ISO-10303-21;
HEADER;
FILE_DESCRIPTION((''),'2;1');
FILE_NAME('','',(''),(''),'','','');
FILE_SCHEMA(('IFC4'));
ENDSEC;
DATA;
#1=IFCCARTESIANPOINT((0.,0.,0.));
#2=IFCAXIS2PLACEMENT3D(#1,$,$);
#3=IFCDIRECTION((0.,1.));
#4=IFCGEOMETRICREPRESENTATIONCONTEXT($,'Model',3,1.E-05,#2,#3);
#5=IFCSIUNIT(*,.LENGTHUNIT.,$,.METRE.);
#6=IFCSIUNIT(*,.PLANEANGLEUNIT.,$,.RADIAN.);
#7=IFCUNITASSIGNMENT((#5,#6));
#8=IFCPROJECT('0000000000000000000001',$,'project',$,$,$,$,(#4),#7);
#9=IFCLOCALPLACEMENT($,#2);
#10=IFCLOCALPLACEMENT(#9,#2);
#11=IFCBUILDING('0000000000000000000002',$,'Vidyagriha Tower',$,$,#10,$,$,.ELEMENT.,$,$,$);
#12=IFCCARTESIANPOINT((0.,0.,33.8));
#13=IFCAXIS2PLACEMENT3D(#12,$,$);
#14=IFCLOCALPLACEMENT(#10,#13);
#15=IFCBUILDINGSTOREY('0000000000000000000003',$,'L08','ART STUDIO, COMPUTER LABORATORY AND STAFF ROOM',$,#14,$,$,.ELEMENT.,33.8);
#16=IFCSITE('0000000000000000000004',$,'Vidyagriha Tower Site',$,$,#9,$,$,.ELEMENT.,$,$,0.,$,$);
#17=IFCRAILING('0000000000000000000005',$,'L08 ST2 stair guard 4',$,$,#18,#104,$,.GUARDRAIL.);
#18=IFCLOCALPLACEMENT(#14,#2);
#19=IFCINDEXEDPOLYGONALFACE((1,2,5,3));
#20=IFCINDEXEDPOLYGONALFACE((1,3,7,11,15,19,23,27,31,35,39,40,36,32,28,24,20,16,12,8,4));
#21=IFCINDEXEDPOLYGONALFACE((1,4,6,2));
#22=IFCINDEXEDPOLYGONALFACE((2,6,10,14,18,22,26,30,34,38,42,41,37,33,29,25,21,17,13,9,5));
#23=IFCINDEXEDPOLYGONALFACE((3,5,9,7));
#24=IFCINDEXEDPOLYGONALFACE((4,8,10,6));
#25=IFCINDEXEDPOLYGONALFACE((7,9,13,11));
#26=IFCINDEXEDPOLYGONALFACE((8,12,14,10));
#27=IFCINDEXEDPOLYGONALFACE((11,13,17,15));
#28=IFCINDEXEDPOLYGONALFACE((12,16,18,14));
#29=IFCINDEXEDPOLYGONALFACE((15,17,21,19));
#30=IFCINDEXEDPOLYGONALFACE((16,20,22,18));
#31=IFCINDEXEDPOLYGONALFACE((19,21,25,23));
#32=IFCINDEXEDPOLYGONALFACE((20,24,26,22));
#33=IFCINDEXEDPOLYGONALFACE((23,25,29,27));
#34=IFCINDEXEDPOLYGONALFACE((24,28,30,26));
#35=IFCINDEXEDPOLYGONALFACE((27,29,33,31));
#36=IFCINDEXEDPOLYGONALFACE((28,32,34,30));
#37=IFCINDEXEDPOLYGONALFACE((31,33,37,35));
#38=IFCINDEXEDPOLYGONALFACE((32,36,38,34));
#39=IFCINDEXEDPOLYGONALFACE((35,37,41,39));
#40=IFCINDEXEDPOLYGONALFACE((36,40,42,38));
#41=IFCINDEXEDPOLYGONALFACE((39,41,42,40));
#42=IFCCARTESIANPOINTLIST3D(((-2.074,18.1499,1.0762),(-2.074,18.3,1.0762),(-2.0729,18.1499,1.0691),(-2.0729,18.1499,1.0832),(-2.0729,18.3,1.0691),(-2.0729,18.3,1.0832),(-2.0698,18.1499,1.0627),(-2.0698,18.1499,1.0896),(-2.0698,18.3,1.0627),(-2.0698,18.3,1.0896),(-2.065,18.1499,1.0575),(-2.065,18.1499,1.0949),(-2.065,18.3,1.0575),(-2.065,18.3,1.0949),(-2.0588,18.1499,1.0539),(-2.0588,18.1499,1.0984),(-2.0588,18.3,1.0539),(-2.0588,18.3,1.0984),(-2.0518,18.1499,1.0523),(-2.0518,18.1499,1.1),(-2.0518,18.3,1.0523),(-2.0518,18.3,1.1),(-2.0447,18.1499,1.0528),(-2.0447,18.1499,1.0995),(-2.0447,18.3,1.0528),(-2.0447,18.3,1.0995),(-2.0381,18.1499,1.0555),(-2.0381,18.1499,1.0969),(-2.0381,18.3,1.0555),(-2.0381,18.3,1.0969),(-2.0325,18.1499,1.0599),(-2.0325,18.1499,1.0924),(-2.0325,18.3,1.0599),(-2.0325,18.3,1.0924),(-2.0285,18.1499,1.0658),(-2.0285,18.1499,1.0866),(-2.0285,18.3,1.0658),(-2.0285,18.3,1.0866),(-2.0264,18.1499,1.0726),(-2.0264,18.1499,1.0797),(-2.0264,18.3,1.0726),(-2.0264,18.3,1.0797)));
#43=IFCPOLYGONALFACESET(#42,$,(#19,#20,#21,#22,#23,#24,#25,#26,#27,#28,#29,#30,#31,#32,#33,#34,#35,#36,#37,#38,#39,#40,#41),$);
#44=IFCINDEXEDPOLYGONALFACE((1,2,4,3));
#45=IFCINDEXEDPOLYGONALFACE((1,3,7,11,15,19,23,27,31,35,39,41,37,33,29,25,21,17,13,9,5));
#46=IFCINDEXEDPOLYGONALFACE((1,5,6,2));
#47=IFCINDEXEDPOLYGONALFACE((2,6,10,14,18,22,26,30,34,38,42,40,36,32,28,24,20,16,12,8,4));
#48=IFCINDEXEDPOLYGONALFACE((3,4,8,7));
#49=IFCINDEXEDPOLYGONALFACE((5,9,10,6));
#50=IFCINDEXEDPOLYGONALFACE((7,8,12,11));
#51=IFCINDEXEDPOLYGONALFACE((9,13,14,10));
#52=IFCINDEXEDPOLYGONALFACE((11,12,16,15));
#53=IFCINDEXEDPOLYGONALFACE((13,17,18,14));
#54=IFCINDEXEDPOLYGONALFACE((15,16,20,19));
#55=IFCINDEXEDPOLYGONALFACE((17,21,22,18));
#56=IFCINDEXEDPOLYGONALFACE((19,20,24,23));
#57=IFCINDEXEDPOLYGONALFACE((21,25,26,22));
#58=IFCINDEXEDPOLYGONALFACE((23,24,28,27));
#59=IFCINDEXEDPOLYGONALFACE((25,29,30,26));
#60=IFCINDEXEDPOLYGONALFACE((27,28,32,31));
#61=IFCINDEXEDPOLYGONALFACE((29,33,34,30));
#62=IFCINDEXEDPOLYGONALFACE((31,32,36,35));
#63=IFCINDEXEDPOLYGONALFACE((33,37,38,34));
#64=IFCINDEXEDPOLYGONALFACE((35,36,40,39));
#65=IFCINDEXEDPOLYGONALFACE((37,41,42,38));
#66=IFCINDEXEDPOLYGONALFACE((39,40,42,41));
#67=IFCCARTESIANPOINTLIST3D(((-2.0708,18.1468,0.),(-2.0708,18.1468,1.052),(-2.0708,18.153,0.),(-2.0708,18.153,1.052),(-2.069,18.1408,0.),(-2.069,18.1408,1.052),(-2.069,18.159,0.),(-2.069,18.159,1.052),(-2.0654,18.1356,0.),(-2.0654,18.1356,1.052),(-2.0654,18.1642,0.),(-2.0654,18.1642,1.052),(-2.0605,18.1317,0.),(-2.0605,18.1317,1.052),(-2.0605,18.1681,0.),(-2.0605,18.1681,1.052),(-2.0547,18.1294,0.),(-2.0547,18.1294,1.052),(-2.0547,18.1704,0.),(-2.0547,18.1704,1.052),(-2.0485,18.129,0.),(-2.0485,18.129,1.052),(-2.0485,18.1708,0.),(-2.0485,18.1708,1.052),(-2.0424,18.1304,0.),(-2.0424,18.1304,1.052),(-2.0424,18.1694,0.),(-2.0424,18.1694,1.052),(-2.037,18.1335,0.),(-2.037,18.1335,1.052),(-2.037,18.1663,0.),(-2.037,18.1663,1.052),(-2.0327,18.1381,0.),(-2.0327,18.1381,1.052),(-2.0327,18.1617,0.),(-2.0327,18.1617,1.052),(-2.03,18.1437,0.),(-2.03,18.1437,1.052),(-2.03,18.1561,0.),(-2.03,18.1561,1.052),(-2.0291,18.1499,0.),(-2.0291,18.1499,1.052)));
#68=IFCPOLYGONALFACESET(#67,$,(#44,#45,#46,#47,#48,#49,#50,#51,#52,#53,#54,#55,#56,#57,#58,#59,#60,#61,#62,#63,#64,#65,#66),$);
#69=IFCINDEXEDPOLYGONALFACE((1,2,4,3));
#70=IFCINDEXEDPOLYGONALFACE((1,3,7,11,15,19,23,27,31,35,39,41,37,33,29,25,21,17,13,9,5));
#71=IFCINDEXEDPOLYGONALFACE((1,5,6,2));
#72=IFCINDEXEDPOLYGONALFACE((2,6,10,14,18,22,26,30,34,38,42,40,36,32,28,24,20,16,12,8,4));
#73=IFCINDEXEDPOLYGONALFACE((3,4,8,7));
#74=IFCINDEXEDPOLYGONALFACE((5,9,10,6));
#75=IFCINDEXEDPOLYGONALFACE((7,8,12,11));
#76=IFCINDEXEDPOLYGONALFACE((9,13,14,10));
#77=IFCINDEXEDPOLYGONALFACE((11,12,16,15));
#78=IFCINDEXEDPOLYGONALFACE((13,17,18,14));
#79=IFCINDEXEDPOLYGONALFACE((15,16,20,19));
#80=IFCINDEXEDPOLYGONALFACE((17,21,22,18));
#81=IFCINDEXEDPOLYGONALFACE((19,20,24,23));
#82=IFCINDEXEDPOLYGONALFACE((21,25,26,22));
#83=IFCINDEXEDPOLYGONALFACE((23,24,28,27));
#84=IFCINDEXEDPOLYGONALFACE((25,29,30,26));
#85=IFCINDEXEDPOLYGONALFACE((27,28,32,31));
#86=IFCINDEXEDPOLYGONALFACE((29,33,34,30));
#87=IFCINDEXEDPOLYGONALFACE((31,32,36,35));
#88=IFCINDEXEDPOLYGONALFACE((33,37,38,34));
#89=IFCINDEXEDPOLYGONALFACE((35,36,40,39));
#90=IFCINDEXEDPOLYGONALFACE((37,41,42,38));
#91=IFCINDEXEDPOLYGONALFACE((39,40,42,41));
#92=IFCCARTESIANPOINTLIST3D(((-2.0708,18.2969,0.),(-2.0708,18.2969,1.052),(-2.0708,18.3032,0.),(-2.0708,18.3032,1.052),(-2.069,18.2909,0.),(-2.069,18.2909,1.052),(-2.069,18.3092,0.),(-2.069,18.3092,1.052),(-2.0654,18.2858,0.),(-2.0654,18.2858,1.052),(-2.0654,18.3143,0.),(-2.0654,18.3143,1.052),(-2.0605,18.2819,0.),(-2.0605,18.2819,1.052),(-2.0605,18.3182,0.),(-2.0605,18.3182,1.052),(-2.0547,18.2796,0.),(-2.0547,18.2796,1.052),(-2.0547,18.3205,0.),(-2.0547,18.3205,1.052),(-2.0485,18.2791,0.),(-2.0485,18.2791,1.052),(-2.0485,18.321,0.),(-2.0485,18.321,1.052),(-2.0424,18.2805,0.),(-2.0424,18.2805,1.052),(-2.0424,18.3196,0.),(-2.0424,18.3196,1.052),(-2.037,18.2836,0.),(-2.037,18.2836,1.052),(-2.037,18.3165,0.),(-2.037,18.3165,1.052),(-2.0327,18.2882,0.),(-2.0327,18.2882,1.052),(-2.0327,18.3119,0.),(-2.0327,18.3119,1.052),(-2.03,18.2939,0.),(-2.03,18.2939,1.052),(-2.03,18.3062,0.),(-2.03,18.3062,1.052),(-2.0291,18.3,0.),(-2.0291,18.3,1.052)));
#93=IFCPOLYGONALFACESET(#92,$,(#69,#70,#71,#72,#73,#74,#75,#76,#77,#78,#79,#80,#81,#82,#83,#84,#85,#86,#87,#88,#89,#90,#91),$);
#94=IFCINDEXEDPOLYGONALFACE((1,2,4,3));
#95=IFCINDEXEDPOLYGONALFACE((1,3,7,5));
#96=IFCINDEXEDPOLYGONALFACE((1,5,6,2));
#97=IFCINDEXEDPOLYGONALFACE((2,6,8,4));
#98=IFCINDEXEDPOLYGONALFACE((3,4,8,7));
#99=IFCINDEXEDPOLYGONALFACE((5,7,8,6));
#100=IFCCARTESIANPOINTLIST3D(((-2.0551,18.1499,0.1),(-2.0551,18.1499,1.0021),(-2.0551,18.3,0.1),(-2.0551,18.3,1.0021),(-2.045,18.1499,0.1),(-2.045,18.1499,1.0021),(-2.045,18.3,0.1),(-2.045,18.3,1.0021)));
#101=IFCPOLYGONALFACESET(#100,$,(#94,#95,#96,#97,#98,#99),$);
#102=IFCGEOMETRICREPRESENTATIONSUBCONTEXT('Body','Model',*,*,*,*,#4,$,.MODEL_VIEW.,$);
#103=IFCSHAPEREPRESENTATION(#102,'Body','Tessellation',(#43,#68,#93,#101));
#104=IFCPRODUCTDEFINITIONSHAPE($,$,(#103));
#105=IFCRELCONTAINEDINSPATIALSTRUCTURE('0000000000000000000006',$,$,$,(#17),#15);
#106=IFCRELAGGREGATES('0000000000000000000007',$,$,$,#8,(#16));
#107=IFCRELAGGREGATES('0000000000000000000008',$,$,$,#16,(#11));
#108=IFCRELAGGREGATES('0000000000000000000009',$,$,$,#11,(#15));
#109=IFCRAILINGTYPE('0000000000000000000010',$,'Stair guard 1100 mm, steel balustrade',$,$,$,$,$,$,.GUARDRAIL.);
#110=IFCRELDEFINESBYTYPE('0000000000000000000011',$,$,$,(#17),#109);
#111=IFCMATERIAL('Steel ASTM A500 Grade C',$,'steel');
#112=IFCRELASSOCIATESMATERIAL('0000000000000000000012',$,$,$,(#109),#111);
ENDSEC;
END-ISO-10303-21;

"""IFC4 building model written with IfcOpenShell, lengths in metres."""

from ifc_helpers import new_model, si_unit, direction, frame, origin, origin_2d, place, context, subcontext, project, spatial, rectangle, circle, extrude, material, type_object, element, save


model = new_model("IFC4")

# Units and contexts
model_context = context("Model", 3, precision=1e-05, world=origin(), true_north=direction((0.0, 1.0)))
body_context = subcontext(model_context, "Body", "Model", "MODEL_VIEW")
ifc_project = project(units=[si_unit("LENGTHUNIT", "METRE"), si_unit("PLANEANGLEUNIT", "RADIAN")], contexts=[model_context])

# Site, building, storey
site_placement = place(None, origin())
site = spatial("IfcSite", under=ifc_project, at=site_placement, Name="Vidyagriha Tower Site", CompositionType="ELEMENT", RefElevation=0.0)
building_placement = place(site_placement, origin())
building = spatial("IfcBuilding", under=site, at=building_placement, Name="Vidyagriha Tower", CompositionType="ELEMENT")
storey_placement = place(building_placement, frame((0.0, 0.0, 33.8)))
storey = spatial("IfcBuildingStorey", under=building, at=storey_placement, Name="L08", Description="ART STUDIO, COMPUTER LABORATORY AND STAFF ROOM", CompositionType="ELEMENT", Elevation=33.8)

# Railing
ifc_material_1 = material(Name="Steel ASTM A500 Grade C", Category="steel")
railing_type_1 = type_object("IfcRailingType", Name="Stair guard 1100 mm, steel balustrade", PredefinedType="GUARDRAIL", material=ifc_material_1)
railing_1_placement = place(storey_placement, frame((-2.05, 18.1499, 0.0)))
element("IfcRailing", 1, at=railing_1_placement, inside=storey, type_object=railing_type_1, Name="L08 ST2 stair guard 4", PredefinedType="GUARDRAIL", context=body_context, shape_type="SweptSolid", body=[
    extrude(circle(Radius=0.0239, at=origin_2d()), frame((0.0, 0.0, 1.0762), z_axis=(0.0, 1.0, 0.0), x_axis=(-1.0, 0.0, 0.0)), (0.0, 0.0, 1.0), 0.1501),
    extrude(circle(Radius=0.021, at=origin_2d()), origin(), (0.0, 0.0, 1.0), 1.052),
    extrude(circle(Radius=0.021, at=origin_2d()), frame((0.0, 0.1501, 0.0)), (0.0, 0.0, 1.0), 1.052),
    extrude(rectangle(XDim=0.01, YDim=0.9021, at=origin_2d()), frame((0.0, 0.0, 0.551), z_axis=(0.0, 1.0, 0.0), x_axis=(-1.0, 0.0, 0.0)), (0.0, 0.0, 1.0), 0.1501),
])

save(model, "model.ifc")
